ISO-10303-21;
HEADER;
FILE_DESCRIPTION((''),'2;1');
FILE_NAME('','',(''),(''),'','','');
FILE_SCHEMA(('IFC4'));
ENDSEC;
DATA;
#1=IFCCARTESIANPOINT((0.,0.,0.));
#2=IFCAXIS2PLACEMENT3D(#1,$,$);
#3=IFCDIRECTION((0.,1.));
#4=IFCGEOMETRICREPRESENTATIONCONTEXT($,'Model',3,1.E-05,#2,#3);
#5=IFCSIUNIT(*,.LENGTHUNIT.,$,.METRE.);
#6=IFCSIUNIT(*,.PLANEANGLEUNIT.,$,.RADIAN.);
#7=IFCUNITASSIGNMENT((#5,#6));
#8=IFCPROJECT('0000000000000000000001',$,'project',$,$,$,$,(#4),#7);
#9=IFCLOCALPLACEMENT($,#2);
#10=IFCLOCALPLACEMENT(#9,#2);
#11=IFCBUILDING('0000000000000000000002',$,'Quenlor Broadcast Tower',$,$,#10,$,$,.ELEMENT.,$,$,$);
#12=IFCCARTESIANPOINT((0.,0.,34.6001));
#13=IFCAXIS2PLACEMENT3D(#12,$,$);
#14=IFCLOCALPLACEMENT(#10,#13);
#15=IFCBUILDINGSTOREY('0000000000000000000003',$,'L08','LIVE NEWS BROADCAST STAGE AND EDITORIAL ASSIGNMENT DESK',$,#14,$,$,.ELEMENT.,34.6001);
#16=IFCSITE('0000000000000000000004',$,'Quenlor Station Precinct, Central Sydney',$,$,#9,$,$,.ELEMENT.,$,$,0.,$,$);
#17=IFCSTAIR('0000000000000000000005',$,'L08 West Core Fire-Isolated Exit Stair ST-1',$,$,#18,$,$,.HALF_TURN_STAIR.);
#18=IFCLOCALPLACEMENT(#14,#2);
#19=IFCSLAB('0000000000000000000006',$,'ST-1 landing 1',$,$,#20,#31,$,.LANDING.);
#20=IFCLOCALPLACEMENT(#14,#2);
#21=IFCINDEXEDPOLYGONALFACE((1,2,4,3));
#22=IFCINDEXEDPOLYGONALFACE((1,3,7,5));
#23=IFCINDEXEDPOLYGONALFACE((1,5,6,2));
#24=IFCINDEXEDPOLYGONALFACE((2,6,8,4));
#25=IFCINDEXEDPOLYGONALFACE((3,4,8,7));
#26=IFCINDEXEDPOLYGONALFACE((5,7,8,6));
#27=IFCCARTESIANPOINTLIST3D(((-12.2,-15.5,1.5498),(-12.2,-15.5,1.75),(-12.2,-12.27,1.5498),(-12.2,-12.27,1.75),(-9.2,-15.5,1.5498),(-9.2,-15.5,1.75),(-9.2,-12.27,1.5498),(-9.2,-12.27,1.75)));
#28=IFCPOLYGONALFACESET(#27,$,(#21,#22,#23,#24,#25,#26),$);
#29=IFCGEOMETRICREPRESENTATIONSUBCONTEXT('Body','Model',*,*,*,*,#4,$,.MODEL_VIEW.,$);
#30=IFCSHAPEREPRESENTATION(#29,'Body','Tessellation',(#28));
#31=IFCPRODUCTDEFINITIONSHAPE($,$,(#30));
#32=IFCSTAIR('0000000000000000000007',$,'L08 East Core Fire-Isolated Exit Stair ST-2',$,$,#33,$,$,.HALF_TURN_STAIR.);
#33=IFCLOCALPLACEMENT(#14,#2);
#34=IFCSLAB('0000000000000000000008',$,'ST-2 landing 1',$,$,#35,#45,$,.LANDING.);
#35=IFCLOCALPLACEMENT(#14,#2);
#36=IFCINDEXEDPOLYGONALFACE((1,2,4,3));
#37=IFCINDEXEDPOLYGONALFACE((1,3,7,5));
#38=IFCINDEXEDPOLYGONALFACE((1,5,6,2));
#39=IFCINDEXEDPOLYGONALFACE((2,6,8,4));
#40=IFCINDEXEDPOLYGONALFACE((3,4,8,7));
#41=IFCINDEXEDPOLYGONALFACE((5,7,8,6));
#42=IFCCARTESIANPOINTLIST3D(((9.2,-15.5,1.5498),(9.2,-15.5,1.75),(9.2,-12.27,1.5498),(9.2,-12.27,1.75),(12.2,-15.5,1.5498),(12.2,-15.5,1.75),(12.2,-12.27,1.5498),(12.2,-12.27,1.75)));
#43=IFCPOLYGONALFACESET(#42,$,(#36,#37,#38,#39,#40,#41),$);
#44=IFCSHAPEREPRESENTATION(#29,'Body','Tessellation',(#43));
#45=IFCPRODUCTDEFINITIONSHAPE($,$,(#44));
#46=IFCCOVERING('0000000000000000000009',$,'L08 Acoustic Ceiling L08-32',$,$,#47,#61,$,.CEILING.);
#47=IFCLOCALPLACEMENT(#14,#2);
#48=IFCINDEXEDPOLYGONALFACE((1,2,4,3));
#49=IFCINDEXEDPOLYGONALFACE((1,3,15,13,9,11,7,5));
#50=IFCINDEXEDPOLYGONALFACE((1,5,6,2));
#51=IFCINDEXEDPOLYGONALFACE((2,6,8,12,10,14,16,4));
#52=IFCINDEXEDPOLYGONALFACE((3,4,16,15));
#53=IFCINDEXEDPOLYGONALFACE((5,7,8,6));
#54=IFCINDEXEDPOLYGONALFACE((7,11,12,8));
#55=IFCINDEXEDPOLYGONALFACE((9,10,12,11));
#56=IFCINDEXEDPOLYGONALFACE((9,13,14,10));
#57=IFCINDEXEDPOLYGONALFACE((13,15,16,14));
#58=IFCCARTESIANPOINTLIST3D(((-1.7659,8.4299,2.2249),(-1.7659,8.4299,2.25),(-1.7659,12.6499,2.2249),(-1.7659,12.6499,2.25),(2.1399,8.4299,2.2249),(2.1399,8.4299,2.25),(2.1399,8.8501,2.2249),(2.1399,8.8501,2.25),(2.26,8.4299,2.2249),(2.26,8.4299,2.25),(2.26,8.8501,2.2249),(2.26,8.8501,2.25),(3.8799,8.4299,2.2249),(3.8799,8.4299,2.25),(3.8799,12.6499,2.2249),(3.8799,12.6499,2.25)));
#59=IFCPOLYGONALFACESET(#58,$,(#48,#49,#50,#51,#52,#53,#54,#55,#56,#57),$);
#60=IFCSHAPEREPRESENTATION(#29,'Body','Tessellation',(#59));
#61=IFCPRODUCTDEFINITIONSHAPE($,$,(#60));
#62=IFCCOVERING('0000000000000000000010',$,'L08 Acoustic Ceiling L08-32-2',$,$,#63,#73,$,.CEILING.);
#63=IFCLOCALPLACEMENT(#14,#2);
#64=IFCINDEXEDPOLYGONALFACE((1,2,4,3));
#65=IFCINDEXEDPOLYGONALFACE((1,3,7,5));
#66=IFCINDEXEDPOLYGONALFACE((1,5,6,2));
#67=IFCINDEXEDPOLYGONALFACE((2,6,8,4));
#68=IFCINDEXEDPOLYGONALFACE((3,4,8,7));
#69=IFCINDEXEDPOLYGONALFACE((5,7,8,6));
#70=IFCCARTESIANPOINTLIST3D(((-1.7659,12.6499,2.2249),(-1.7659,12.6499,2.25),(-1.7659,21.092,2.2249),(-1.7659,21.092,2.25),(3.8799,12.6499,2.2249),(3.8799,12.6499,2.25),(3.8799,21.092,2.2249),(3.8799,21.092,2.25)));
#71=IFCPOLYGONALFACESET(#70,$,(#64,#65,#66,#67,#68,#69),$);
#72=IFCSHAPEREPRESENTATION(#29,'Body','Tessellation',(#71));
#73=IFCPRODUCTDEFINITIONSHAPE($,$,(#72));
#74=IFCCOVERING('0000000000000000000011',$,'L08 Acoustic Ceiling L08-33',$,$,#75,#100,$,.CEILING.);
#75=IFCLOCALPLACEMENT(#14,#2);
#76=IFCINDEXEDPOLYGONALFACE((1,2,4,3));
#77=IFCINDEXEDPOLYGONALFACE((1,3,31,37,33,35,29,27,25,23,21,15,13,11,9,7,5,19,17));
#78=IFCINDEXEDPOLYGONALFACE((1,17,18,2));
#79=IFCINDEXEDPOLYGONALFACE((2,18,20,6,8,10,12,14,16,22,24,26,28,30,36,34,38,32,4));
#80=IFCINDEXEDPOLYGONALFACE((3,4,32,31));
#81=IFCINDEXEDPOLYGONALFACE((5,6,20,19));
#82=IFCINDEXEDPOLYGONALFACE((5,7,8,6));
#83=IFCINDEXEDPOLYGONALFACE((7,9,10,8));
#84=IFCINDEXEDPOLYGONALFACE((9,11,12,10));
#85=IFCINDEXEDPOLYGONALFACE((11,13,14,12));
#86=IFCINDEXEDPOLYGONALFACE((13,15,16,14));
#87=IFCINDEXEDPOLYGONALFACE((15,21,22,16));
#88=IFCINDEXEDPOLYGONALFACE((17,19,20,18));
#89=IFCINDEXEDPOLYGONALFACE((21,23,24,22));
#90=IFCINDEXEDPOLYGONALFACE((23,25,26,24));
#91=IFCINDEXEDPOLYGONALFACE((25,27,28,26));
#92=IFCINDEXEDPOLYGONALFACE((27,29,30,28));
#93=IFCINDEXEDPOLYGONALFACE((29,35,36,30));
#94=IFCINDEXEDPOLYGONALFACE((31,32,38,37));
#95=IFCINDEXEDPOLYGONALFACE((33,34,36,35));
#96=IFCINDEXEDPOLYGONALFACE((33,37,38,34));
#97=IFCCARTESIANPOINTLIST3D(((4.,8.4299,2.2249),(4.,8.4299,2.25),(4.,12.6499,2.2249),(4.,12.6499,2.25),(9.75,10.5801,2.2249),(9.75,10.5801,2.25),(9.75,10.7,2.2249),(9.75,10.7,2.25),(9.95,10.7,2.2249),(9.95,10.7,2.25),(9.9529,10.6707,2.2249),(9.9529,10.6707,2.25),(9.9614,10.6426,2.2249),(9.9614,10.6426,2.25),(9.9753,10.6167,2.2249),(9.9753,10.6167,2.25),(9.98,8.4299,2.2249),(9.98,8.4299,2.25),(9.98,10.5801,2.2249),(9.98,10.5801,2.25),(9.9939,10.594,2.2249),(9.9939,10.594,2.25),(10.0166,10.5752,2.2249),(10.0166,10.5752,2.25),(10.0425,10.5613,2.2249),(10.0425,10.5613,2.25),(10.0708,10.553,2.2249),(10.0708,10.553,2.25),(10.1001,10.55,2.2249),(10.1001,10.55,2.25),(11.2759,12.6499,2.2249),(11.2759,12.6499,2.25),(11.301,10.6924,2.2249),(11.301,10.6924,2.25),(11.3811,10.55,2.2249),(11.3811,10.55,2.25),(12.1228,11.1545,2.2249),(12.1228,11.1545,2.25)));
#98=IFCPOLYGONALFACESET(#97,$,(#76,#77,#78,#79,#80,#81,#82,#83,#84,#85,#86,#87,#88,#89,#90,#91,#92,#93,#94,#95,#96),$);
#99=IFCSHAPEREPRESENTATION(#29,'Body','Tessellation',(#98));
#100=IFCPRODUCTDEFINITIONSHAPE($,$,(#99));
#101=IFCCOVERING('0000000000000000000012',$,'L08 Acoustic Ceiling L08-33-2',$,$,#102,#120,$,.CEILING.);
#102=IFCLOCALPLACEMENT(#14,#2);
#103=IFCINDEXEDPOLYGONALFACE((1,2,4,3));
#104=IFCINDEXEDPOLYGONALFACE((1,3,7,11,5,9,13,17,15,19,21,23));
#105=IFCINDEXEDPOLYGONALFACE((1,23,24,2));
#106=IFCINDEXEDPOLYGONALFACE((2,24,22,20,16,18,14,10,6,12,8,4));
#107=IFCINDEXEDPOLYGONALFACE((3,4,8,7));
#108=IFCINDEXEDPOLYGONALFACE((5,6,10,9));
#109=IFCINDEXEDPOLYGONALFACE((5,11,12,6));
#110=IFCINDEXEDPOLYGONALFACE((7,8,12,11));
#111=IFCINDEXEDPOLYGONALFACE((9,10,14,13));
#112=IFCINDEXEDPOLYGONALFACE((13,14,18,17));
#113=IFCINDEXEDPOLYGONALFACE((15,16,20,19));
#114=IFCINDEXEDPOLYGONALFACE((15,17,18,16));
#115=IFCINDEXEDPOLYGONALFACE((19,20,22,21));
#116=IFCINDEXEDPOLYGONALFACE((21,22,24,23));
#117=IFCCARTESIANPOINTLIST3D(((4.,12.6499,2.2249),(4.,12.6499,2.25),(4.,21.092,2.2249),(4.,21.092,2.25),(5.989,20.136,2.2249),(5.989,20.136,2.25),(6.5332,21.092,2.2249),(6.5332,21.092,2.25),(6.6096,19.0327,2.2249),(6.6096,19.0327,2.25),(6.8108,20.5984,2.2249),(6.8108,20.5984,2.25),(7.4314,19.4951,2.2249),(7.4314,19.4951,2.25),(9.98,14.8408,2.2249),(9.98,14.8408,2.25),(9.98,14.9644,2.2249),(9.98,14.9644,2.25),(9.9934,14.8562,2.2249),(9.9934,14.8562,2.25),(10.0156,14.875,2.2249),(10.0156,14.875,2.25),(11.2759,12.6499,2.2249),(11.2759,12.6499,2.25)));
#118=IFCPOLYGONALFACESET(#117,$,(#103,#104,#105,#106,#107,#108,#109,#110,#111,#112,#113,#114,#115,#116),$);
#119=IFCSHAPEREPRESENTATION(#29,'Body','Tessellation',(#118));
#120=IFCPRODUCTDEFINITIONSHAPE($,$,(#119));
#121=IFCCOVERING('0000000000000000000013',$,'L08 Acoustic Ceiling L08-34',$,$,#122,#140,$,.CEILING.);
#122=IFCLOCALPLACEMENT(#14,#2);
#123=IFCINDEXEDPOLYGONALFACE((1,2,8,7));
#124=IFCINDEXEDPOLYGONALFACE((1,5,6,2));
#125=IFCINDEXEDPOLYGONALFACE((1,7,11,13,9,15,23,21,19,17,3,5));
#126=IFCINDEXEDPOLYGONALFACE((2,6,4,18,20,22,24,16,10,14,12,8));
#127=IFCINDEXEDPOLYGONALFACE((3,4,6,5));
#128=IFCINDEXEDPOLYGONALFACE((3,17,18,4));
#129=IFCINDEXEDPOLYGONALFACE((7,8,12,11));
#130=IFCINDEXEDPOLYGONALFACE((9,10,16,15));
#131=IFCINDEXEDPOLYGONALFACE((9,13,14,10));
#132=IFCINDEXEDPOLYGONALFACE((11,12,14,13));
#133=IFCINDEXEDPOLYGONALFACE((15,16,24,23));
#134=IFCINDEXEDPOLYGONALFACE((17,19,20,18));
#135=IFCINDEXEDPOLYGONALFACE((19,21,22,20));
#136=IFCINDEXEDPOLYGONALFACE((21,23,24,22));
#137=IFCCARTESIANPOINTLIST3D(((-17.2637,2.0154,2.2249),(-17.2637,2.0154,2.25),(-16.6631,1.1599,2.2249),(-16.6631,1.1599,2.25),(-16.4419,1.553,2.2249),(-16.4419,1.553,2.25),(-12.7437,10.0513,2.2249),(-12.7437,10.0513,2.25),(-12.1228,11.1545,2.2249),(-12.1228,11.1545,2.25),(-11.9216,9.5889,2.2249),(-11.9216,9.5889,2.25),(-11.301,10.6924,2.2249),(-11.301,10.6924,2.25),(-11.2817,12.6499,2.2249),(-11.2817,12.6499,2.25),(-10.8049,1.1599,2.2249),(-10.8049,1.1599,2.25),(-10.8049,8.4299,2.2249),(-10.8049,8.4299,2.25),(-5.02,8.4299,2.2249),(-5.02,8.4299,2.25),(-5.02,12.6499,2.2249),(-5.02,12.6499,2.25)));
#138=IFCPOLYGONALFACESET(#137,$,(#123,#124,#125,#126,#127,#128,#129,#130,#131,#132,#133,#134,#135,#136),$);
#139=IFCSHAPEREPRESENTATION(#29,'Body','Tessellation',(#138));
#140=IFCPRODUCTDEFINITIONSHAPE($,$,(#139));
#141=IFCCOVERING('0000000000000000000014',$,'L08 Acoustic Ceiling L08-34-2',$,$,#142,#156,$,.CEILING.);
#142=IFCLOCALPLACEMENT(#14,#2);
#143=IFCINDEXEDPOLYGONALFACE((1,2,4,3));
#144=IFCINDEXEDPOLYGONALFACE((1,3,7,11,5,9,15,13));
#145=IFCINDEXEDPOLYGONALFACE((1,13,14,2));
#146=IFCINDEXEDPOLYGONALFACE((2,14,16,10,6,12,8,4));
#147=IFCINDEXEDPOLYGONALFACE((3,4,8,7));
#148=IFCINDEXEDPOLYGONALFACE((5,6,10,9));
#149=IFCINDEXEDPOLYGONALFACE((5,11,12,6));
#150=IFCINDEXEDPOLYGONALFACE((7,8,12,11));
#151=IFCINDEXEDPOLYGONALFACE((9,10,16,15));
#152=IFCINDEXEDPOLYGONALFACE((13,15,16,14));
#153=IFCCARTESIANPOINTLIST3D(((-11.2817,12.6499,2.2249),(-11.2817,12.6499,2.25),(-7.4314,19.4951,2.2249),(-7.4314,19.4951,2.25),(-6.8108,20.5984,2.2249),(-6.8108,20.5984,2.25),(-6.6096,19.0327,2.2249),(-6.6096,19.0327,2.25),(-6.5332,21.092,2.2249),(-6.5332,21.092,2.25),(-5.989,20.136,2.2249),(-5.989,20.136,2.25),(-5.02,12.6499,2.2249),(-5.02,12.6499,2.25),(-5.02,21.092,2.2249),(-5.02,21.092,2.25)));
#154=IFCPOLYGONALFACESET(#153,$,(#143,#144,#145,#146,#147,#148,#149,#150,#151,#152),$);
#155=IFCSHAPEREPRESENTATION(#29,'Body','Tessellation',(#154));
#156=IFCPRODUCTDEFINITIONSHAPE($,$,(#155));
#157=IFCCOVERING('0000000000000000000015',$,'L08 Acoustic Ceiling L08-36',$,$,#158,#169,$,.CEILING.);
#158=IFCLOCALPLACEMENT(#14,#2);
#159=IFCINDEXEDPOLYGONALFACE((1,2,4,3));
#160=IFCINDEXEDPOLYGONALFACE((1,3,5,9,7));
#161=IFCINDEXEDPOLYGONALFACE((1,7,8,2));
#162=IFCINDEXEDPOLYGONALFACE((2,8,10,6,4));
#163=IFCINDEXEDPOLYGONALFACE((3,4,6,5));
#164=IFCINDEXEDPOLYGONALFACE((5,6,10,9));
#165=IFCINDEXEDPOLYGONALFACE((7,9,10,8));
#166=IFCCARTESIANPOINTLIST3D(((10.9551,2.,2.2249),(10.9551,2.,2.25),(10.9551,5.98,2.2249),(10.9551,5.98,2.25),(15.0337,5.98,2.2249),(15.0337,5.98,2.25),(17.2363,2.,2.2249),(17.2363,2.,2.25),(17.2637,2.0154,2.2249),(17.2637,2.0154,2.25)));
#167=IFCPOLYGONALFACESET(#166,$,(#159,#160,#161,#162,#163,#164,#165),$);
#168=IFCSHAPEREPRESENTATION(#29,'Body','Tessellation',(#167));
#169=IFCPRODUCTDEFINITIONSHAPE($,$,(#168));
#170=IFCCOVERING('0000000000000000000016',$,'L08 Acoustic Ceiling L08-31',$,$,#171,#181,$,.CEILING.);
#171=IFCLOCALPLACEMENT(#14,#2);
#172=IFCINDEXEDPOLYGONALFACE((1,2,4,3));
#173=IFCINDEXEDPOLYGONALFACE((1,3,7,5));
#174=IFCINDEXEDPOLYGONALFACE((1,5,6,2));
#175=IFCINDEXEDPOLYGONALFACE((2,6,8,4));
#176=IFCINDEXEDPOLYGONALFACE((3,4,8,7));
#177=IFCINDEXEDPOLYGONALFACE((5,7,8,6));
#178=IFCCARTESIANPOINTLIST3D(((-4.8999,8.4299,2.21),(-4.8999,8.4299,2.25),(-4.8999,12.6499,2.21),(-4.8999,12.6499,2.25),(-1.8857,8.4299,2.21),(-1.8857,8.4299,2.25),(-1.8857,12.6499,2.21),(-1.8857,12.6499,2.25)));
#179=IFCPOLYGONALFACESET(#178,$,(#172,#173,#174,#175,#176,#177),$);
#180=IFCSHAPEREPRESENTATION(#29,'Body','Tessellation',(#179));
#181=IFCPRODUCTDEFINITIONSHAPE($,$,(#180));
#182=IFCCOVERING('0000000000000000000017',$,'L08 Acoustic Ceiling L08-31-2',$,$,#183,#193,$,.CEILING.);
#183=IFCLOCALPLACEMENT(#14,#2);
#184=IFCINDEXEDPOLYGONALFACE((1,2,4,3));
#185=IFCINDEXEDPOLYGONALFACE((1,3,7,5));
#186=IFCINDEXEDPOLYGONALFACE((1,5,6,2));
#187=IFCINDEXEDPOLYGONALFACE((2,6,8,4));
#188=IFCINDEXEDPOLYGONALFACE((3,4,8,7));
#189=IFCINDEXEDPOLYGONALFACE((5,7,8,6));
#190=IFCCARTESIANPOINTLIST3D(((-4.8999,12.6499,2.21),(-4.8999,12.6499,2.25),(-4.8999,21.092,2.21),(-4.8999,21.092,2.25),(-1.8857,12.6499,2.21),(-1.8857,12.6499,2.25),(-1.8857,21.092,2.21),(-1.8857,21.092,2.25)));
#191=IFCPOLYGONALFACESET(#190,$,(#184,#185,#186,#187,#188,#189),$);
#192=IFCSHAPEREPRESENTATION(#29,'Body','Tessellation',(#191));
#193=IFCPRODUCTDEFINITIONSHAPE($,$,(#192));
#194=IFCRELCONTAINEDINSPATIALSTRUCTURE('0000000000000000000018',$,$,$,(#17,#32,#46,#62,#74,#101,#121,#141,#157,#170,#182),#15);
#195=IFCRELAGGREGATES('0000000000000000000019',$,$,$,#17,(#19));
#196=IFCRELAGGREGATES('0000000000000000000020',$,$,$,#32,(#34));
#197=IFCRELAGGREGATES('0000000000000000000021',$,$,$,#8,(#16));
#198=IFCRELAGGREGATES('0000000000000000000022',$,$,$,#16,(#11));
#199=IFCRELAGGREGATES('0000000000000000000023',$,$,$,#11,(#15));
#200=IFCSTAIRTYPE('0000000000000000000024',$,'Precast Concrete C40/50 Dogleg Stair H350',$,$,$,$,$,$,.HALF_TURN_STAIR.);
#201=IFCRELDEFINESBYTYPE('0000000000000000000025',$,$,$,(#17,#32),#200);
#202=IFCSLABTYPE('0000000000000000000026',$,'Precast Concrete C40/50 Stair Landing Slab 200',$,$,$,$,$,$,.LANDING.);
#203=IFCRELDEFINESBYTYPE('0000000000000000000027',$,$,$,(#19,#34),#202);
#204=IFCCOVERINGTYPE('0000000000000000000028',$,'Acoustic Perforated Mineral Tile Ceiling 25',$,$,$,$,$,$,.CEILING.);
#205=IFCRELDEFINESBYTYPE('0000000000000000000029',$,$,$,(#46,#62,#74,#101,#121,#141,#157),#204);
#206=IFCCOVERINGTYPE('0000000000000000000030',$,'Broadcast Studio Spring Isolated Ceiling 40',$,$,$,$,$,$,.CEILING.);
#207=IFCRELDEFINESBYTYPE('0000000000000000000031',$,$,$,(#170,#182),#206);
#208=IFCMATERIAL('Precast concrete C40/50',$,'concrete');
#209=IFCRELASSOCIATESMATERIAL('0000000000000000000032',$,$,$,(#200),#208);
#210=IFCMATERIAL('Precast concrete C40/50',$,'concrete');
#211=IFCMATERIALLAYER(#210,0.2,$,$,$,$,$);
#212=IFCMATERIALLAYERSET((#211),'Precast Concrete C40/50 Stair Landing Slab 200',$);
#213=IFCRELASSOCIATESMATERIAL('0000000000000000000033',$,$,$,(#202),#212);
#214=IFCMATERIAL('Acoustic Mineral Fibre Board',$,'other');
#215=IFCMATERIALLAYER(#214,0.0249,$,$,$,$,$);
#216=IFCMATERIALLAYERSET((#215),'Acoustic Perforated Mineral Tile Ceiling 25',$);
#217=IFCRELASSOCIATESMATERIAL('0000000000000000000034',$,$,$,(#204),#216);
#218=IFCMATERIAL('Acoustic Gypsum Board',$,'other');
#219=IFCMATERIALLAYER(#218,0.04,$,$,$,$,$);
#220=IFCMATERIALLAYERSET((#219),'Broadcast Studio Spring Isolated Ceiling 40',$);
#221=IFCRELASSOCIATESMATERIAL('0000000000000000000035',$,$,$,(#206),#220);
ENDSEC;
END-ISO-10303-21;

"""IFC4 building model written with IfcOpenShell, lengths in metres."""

from ifc_helpers import new_model, si_unit, direction, frame, origin, place, context, subcontext, project, spatial, polyline, outline, extrude, material, layer, layer_set, type_object, element, aggregate, save


model = new_model("IFC4")

# Units and contexts
model_context = context("Model", 3, precision=1e-05, world=origin(), true_north=direction((0.0, 1.0)))
body_context = subcontext(model_context, "Body", "Model", "MODEL_VIEW")
ifc_project = project(units=[si_unit("LENGTHUNIT", "METRE"), si_unit("PLANEANGLEUNIT", "RADIAN")], contexts=[model_context])

# Site, building, storey
site_placement = place(None, origin())
site = spatial("IfcSite", under=ifc_project, at=site_placement, Name="Quenlor Station Precinct, Central Sydney", CompositionType="ELEMENT", RefElevation=0.0)
building_placement = place(site_placement, origin())
building = spatial("IfcBuilding", under=site, at=building_placement, Name="Quenlor Broadcast Tower", CompositionType="ELEMENT")
storey_placement = place(building_placement, frame((0.0, 0.0, 34.6001)))
storey = spatial("IfcBuildingStorey", under=building, at=storey_placement, Name="L08", Description="LIVE NEWS BROADCAST STAGE AND EDITORIAL ASSIGNMENT DESK", CompositionType="ELEMENT", Elevation=34.6001)

# Stairs, slabs
ifc_material_1 = material(Name="Precast concrete C40/50", Category="concrete")
stair_type = type_object("IfcStairType", Name="Precast Concrete C40/50 Dogleg Stair H350", PredefinedType="HALF_TURN_STAIR", material=ifc_material_1)
stair_1_placement = place(storey_placement, origin())
stair_1 = element("IfcStair", 1, at=stair_1_placement, inside=storey, type_object=stair_type, Name="L08 West Core Fire-Isolated Exit Stair ST-1", PredefinedType="HALF_TURN_STAIR")
ifc_material_2 = material(Name="Precast concrete C40/50", Category="concrete")
ifc_layer_1 = layer(ifc_material_2, 0.2)
ifc_layer_set_1 = layer_set([ifc_layer_1], Name="Precast Concrete C40/50 Stair Landing Slab 200")
slab_type = type_object("IfcSlabType", Name="Precast Concrete C40/50 Stair Landing Slab 200", PredefinedType="LANDING", material=ifc_layer_set_1)
slab_1_placement = place(storey_placement, frame((0.0, 0.0, 1.5498)))
slab_1 = element("IfcSlab", 2, at=slab_1_placement, type_object=slab_type, Name="ST-1 landing 1", PredefinedType="LANDING", context=body_context, shape_type="SweptSolid", body=[
    extrude(outline(polyline([(-12.2, -12.27), (-12.2, -15.5), (-9.2, -15.5), (-9.2, -12.27), (-12.2, -12.27)])), origin(), (0.0, 0.0, 1.0), 0.2002),
])
aggregate(stair_1, [slab_1])
stair_2_placement = place(storey_placement, origin())
stair_2 = element("IfcStair", 3, at=stair_2_placement, inside=storey, type_object=stair_type, Name="L08 East Core Fire-Isolated Exit Stair ST-2", PredefinedType="HALF_TURN_STAIR")
slab_2_placement = place(storey_placement, frame((0.0, 0.0, 1.5498)))
slab_2 = element("IfcSlab", 4, at=slab_2_placement, type_object=slab_type, Name="ST-2 landing 1", PredefinedType="LANDING", context=body_context, shape_type="SweptSolid", body=[
    extrude(outline(polyline([(9.2, -12.27), (9.2, -15.5), (12.2, -15.5), (12.2, -12.27), (9.2, -12.27)])), origin(), (0.0, 0.0, 1.0), 0.2002),
])
aggregate(stair_2, [slab_2])

# Coverings
ifc_material_3 = material(Name="Acoustic Mineral Fibre Board", Category="other")
ifc_layer_2 = layer(ifc_material_3, 0.0249)
ifc_layer_set_2 = layer_set([ifc_layer_2], Name="Acoustic Perforated Mineral Tile Ceiling 25")
covering_type_1 = type_object("IfcCoveringType", Name="Acoustic Perforated Mineral Tile Ceiling 25", PredefinedType="CEILING", material=ifc_layer_set_2)
covering_1_placement = place(storey_placement, frame((0.0, 0.0, 2.2249)))
element("IfcCovering", 5, at=covering_1_placement, inside=storey, type_object=covering_type_1, Name="L08 Acoustic Ceiling L08-32", PredefinedType="CEILING", context=body_context, shape_type="SweptSolid", body=[
    extrude(outline(polyline([(-1.7659, 8.4299), (-1.7659, 12.6499), (3.8799, 12.6499), (3.8799, 8.4299), (2.26, 8.4299), (2.26, 8.8501), (2.1399, 8.8501), (2.1399, 8.4299), (-1.7659, 8.4299)])), origin(), (0.0, 0.0, 1.0), 0.0251),
])
covering_2_placement = place(storey_placement, frame((0.0, 0.0, 2.2249)))
element("IfcCovering", 6, at=covering_2_placement, inside=storey, type_object=covering_type_1, Name="L08 Acoustic Ceiling L08-32-2", PredefinedType="CEILING", context=body_context, shape_type="SweptSolid", body=[
    extrude(outline(polyline([(-1.7659, 21.092), (3.8799, 21.092), (3.8799, 12.6499), (-1.7659, 12.6499), (-1.7659, 21.092)])), origin(), (0.0, 0.0, 1.0), 0.0251),
])
covering_3_placement = place(storey_placement, frame((0.0, 0.0, 2.2249)))
element("IfcCovering", 7, at=covering_3_placement, inside=storey, type_object=covering_type_1, Name="L08 Acoustic Ceiling L08-33", PredefinedType="CEILING", context=body_context, shape_type="SweptSolid", body=[
    extrude(outline(polyline([(10.0425, 10.5613), (10.0166, 10.5752), (9.9939, 10.594), (9.9753, 10.6167), (9.9614, 10.6426), (9.9529, 10.6707), (9.95, 10.7), (9.75, 10.7), (9.75, 10.5801), (9.98, 10.5801), (9.98, 8.4299), (4.0, 8.4299), (4.0, 12.6499), (11.2759, 12.6499), (12.1228, 11.1545), (11.301, 10.6924), (11.3811, 10.55), (10.1001, 10.55), (10.0708, 10.553), (10.0425, 10.5613)])), origin(), (0.0, 0.0, 1.0), 0.0251),
])
covering_4_placement = place(storey_placement, frame((0.0, 0.0, 2.2249)))
element("IfcCovering", 8, at=covering_4_placement, inside=storey, type_object=covering_type_1, Name="L08 Acoustic Ceiling L08-33-2", PredefinedType="CEILING", context=body_context, shape_type="SweptSolid", body=[
    extrude(outline(polyline([(4.0, 21.092), (6.5332, 21.092), (6.8108, 20.5984), (5.989, 20.136), (6.6096, 19.0327), (7.4314, 19.4951), (9.98, 14.9644), (9.98, 14.8408), (9.9934, 14.8562), (10.0156, 14.875), (11.2759, 12.6499), (4.0, 12.6499), (4.0, 21.092)])), origin(), (0.0, 0.0, 1.0), 0.0251),
])
covering_5_placement = place(storey_placement, frame((0.0, 0.0, 2.2249)))
element("IfcCovering", 9, at=covering_5_placement, inside=storey, type_object=covering_type_1, Name="L08 Acoustic Ceiling L08-34", PredefinedType="CEILING", context=body_context, shape_type="SweptSolid", body=[
    extrude(outline(polyline([(-16.6631, 1.1599), (-16.4419, 1.553), (-17.2637, 2.0154), (-12.7437, 10.0513), (-11.9216, 9.5889), (-11.301, 10.6924), (-12.1228, 11.1545), (-11.2817, 12.6499), (-5.02, 12.6499), (-5.02, 8.4299), (-10.8049, 8.4299), (-10.8049, 1.1599), (-16.6631, 1.1599)])), origin(), (0.0, 0.0, 1.0), 0.0251),
])
covering_6_placement = place(storey_placement, frame((0.0, 0.0, 2.2249)))
element("IfcCovering", 10, at=covering_6_placement, inside=storey, type_object=covering_type_1, Name="L08 Acoustic Ceiling L08-34-2", PredefinedType="CEILING", context=body_context, shape_type="SweptSolid", body=[
    extrude(outline(polyline([(-7.4314, 19.4951), (-6.6096, 19.0327), (-5.989, 20.136), (-6.8108, 20.5984), (-6.5332, 21.092), (-5.02, 21.092), (-5.02, 12.6499), (-11.2817, 12.6499), (-7.4314, 19.4951)])), origin(), (0.0, 0.0, 1.0), 0.0251),
])
covering_7_placement = place(storey_placement, frame((0.0, 0.0, 2.2249)))
element("IfcCovering", 11, at=covering_7_placement, inside=storey, type_object=covering_type_1, Name="L08 Acoustic Ceiling L08-36", PredefinedType="CEILING", context=body_context, shape_type="SweptSolid", body=[
    extrude(outline(polyline([(15.0337, 5.98), (17.2637, 2.0154), (17.2363, 2.0), (10.9551, 2.0), (10.9551, 5.98), (15.0337, 5.98)])), origin(), (0.0, 0.0, 1.0), 0.0251),
])
ifc_material_4 = material(Name="Acoustic Gypsum Board", Category="other")
ifc_layer_3 = layer(ifc_material_4, 0.04)
ifc_layer_set_3 = layer_set([ifc_layer_3], Name="Broadcast Studio Spring Isolated Ceiling 40")
covering_type_2 = type_object("IfcCoveringType", Name="Broadcast Studio Spring Isolated Ceiling 40", PredefinedType="CEILING", material=ifc_layer_set_3)
covering_8_placement = place(storey_placement, frame((0.0, 0.0, 2.21)))
element("IfcCovering", 12, at=covering_8_placement, inside=storey, type_object=covering_type_2, Name="L08 Acoustic Ceiling L08-31", PredefinedType="CEILING", context=body_context, shape_type="SweptSolid", body=[
    extrude(outline(polyline([(-1.8857, 8.4299), (-4.8999, 8.4299), (-4.8999, 12.6499), (-1.8857, 12.6499), (-1.8857, 8.4299)])), origin(), (0.0, 0.0, 1.0), 0.04),
])
covering_9_placement = place(storey_placement, frame((0.0, 0.0, 2.21)))
element("IfcCovering", 13, at=covering_9_placement, inside=storey, type_object=covering_type_2, Name="L08 Acoustic Ceiling L08-31-2", PredefinedType="CEILING", context=body_context, shape_type="SweptSolid", body=[
    extrude(outline(polyline([(-1.8857, 12.6499), (-4.8999, 12.6499), (-4.8999, 21.092), (-1.8857, 21.092), (-1.8857, 12.6499)])), origin(), (0.0, 0.0, 1.0), 0.04),
])

save(model, "model.ifc")
